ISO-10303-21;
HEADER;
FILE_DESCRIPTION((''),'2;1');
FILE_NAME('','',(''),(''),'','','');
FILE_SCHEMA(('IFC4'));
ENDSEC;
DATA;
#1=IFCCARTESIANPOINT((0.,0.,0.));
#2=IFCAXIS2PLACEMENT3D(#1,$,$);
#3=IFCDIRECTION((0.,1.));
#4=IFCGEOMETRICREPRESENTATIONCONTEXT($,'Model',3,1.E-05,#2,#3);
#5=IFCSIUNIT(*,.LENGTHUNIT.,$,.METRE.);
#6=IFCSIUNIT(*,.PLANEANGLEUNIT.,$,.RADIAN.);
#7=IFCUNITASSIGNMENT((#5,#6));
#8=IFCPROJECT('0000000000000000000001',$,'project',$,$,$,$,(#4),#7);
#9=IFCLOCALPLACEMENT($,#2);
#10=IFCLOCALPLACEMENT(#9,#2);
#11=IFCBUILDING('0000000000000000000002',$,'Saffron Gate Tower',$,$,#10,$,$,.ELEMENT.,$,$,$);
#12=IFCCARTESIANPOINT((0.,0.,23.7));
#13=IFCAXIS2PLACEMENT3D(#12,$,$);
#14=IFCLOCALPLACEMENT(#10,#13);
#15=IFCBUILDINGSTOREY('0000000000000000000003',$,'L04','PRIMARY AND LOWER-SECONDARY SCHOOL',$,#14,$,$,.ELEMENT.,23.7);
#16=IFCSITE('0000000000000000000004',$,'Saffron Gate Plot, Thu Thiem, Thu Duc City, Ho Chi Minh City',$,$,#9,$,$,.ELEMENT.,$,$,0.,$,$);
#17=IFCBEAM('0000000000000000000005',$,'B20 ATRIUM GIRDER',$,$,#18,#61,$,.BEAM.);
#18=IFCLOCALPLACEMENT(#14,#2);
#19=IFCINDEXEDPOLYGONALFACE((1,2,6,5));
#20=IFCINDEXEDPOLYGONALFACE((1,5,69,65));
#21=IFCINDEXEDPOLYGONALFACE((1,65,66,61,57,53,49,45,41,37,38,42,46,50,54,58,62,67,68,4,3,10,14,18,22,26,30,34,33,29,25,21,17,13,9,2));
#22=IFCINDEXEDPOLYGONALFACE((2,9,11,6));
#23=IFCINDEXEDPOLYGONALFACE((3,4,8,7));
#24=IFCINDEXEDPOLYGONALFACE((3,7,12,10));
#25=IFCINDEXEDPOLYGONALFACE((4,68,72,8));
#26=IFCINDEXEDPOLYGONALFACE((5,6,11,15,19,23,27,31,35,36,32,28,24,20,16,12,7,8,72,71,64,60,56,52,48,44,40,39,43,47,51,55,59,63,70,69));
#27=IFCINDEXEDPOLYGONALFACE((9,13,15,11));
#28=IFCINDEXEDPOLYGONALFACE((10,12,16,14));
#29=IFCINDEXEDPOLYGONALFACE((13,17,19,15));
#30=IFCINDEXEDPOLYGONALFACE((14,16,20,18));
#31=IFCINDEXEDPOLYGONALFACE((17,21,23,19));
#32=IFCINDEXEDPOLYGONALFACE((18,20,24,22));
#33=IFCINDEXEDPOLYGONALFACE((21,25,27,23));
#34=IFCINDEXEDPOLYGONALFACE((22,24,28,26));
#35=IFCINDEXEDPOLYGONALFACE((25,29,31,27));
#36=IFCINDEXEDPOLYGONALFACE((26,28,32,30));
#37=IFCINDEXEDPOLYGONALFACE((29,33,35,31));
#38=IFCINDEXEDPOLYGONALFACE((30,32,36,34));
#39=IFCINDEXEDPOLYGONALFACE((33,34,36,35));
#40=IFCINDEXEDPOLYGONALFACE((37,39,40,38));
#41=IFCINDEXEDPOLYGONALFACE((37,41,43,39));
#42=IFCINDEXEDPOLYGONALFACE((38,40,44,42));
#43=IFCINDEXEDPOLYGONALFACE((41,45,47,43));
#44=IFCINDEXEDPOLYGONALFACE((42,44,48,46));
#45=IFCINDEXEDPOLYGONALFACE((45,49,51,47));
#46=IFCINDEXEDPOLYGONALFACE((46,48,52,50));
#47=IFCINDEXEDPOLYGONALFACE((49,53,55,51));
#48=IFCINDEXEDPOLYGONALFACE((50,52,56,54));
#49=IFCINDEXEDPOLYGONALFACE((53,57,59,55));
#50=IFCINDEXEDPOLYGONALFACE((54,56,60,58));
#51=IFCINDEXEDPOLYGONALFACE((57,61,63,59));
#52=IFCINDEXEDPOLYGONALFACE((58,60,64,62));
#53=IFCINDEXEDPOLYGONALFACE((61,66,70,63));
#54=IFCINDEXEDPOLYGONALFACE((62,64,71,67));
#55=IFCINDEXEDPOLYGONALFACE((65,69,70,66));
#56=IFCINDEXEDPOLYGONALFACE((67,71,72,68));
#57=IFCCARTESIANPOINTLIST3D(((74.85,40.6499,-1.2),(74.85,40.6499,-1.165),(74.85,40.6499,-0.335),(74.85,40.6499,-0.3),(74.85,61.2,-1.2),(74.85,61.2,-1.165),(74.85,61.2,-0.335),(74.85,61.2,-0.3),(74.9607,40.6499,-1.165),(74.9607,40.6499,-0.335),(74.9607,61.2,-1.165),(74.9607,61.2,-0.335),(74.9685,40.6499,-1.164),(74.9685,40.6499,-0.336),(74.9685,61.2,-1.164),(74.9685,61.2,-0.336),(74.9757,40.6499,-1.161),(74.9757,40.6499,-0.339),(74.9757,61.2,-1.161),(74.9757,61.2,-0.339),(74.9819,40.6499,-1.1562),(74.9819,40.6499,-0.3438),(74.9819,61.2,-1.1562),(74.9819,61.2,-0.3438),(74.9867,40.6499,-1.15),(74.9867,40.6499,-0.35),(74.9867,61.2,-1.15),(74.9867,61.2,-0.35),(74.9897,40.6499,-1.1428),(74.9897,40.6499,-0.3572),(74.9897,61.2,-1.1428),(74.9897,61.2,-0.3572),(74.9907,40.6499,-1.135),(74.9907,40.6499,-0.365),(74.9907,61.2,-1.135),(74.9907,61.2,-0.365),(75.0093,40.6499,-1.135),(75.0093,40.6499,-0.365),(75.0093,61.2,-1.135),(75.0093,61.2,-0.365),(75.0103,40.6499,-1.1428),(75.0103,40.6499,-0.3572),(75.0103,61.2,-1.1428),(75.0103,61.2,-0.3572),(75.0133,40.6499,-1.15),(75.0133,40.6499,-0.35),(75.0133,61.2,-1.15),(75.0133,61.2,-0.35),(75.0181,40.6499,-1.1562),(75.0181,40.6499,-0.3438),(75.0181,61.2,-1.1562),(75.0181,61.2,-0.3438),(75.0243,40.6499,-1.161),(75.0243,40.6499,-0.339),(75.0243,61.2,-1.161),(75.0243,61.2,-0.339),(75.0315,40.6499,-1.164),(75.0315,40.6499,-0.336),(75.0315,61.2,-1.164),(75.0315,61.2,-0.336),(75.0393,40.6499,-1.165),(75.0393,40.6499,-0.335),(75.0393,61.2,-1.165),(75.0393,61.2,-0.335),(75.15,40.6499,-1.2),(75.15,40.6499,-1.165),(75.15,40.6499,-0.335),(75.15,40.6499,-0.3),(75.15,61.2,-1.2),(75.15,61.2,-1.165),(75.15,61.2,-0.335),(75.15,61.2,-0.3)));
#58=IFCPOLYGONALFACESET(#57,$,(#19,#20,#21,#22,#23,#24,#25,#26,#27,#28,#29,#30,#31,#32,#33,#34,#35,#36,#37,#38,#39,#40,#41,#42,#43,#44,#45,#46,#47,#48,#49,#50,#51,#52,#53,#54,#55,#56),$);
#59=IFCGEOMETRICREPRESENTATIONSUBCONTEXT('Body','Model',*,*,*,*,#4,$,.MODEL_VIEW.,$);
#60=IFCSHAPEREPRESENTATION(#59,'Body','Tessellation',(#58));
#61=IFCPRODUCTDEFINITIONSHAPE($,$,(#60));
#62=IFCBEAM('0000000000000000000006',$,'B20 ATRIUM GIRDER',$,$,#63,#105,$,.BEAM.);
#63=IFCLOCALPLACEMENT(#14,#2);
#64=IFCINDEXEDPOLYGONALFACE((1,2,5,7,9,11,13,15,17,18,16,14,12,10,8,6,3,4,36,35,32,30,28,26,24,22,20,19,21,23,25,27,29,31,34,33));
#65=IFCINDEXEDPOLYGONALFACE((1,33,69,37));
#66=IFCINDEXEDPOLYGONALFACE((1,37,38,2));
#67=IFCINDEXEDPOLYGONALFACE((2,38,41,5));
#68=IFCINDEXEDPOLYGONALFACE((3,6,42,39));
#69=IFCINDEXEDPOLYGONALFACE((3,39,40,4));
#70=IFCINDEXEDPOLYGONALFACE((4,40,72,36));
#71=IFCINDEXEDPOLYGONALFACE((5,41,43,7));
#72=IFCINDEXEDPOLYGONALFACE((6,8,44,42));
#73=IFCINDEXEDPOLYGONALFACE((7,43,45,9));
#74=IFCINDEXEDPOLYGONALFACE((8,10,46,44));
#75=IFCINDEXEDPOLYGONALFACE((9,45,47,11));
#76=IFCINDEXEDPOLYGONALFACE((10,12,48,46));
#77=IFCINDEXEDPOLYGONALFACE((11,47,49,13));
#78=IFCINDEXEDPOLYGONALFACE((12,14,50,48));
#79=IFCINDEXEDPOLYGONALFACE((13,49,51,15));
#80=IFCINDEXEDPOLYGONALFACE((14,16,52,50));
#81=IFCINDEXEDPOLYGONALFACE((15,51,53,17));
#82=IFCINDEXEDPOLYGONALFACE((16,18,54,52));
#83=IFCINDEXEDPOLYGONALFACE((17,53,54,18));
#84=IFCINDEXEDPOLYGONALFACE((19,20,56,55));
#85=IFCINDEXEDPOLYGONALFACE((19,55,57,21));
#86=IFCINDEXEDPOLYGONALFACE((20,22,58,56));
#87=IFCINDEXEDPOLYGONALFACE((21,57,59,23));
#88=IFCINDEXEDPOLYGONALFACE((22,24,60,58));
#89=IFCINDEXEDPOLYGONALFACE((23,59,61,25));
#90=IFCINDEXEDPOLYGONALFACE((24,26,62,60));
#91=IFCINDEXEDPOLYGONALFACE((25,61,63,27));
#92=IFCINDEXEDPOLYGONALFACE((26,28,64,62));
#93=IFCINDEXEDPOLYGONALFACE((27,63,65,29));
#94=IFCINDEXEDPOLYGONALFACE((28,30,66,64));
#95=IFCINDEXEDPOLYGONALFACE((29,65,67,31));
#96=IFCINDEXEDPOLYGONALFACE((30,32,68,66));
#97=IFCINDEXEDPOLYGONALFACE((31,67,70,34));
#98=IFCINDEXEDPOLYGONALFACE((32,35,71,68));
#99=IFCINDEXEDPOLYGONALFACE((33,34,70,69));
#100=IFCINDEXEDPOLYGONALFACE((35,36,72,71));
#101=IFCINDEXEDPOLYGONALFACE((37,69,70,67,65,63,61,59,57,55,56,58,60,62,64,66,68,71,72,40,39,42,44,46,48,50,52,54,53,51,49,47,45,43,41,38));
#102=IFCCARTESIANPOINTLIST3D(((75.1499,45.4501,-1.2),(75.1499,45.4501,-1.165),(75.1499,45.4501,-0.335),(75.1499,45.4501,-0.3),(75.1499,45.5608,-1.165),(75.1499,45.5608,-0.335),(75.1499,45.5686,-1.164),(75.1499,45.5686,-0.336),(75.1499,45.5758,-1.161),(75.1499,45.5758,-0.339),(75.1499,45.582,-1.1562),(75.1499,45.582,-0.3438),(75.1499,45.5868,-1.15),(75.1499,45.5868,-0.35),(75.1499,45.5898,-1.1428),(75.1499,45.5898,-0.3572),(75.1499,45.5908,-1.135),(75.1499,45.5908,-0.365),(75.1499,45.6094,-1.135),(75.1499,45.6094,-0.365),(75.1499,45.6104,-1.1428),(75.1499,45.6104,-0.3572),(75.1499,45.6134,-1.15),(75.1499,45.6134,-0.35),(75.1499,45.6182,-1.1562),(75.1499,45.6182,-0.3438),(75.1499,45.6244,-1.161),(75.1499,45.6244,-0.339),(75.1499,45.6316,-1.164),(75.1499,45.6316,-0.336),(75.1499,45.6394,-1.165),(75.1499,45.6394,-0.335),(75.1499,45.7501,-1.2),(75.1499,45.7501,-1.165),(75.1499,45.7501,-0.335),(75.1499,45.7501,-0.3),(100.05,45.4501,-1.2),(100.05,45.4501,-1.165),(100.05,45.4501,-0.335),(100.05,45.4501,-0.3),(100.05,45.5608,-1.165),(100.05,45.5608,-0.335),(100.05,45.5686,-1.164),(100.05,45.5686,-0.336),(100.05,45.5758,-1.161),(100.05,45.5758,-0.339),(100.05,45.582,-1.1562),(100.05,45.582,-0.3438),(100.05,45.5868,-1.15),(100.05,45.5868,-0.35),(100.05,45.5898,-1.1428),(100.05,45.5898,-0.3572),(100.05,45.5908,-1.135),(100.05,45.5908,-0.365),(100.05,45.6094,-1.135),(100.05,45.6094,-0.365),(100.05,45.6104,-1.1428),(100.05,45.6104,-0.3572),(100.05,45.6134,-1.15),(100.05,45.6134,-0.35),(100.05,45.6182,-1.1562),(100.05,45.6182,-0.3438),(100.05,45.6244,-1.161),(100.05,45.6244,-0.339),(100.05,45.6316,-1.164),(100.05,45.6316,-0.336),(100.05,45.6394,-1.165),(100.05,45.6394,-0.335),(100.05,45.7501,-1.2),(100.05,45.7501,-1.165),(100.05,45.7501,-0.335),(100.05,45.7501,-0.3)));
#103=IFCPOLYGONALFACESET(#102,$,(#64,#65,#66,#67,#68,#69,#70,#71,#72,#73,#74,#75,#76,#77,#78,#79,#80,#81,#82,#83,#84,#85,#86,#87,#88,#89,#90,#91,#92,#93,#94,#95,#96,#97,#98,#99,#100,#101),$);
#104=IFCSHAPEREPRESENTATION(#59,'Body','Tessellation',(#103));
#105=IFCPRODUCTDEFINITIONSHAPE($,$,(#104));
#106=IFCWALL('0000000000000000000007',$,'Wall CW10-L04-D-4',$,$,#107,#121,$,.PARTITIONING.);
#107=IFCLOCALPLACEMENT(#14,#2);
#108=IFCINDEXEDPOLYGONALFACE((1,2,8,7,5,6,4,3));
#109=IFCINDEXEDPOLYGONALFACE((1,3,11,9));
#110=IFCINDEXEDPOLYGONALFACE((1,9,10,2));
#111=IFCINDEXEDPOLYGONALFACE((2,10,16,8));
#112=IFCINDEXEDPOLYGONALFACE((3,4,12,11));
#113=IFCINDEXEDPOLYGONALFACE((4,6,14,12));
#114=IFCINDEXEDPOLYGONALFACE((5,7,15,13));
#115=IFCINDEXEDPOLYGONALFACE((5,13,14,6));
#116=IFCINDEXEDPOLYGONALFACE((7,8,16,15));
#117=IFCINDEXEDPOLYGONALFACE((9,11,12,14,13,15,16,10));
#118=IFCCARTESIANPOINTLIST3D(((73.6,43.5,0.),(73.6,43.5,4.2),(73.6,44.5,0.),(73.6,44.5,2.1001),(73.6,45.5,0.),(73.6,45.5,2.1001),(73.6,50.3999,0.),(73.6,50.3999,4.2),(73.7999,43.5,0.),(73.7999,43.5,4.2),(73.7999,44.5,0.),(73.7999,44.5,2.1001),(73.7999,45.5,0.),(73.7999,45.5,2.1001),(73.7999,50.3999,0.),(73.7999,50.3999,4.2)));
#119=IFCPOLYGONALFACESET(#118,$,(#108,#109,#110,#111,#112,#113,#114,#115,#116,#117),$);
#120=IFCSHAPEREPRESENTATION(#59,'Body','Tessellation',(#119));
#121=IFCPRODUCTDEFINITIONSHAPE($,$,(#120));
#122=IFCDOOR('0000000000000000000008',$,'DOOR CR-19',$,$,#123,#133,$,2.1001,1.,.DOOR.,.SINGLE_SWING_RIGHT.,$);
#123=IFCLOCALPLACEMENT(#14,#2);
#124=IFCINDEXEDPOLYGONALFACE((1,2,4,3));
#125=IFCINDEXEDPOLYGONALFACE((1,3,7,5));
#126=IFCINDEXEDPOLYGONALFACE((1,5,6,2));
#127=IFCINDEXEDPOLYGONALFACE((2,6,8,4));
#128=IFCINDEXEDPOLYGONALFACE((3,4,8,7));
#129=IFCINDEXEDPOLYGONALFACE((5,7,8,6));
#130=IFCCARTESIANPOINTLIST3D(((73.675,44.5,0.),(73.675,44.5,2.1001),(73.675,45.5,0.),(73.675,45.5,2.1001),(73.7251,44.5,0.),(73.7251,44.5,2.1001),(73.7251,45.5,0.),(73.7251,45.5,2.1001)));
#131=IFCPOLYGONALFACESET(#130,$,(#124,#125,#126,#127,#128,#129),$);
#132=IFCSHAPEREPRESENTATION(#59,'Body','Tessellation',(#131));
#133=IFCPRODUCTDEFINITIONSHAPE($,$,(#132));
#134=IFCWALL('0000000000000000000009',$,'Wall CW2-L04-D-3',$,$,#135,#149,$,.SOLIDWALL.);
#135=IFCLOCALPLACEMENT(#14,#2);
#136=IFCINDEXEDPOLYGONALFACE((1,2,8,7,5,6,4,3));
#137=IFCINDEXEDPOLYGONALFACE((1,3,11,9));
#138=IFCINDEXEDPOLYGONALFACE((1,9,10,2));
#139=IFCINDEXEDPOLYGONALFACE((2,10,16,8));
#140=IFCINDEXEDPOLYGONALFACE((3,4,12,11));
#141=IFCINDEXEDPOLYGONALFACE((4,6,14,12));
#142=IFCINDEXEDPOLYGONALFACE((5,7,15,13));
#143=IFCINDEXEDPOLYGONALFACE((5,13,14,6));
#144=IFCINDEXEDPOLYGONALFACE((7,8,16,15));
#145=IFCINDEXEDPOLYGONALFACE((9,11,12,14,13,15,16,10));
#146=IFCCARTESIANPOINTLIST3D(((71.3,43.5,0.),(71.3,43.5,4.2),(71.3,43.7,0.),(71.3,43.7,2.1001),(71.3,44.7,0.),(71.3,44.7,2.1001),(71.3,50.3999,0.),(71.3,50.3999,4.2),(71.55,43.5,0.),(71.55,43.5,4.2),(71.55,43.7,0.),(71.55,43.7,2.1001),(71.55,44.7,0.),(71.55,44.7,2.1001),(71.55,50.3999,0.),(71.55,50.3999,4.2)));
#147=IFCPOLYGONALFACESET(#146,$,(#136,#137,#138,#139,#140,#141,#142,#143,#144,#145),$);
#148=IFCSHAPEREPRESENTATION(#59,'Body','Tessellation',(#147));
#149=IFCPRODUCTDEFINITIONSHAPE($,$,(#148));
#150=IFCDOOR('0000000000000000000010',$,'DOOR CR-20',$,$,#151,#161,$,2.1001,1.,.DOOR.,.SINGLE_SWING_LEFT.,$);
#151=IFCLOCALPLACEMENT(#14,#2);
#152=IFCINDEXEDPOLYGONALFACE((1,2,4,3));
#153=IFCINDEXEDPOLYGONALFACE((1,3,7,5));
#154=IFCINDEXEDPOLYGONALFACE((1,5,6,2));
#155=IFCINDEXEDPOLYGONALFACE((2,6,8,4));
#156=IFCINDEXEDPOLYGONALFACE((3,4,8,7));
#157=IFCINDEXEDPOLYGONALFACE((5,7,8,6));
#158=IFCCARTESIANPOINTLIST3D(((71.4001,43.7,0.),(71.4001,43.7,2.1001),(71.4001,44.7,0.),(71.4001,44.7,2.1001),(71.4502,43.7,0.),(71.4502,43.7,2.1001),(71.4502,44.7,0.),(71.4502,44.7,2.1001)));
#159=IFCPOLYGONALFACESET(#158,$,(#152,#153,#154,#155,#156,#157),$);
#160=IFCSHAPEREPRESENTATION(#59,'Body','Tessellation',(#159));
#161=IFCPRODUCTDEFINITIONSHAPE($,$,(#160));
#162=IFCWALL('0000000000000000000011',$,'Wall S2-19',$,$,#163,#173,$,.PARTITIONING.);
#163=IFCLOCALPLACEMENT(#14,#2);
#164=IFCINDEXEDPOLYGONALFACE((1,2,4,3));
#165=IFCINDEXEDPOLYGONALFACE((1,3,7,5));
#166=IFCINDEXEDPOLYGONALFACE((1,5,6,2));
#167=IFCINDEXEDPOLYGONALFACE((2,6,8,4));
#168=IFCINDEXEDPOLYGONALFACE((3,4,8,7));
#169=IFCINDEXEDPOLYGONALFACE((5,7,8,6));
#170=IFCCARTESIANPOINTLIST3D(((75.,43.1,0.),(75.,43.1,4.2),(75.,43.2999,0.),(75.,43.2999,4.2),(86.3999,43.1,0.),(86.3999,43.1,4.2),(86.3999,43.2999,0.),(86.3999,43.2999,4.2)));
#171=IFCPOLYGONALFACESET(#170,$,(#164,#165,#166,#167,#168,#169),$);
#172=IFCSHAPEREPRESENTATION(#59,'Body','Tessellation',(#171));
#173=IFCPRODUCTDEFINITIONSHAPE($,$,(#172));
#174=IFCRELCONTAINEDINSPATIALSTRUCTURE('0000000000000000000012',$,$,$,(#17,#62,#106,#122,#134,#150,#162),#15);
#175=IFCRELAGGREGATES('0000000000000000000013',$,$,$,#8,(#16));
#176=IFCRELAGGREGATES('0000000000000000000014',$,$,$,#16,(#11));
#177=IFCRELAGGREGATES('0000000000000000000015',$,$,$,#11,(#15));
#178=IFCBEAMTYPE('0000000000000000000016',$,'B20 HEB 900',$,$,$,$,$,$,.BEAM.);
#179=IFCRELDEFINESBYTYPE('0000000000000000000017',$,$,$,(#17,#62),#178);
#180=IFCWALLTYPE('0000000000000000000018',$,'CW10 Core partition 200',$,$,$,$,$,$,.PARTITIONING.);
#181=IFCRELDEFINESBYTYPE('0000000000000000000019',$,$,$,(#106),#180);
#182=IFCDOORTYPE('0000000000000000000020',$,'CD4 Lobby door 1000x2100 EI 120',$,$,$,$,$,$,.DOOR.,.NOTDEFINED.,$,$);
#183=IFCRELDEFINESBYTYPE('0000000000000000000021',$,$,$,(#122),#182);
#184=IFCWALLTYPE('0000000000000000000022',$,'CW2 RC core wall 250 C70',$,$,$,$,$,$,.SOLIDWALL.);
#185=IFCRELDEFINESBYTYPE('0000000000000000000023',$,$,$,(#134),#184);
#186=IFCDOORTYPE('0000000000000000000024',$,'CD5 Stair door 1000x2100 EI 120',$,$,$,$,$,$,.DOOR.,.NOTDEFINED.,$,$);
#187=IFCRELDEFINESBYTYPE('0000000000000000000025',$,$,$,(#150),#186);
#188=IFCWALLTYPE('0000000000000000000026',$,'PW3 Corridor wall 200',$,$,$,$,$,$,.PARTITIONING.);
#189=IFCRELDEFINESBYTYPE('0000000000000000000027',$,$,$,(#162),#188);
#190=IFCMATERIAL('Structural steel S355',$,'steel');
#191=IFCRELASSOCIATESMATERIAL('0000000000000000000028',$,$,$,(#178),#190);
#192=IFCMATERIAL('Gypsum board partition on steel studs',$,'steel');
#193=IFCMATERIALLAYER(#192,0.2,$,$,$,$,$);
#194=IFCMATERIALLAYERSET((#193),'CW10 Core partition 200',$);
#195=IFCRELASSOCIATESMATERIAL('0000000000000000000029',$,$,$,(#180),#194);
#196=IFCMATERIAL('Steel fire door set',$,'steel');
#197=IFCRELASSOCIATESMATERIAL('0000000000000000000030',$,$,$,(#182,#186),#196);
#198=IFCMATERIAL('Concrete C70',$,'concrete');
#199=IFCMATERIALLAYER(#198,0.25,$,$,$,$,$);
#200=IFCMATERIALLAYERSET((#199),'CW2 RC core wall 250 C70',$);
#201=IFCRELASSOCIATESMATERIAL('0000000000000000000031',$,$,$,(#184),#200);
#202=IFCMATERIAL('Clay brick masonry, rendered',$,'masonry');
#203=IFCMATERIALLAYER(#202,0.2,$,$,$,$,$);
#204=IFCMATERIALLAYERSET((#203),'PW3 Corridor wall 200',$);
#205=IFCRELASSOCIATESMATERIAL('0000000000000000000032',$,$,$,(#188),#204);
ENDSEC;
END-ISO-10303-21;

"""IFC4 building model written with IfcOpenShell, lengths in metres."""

from ifc_helpers import new_model, si_unit, direction, frame, frame_2d, origin, origin_2d, place, context, subcontext, project, spatial, rectangle, i_section, extrude, material, layer, layer_set, material_profile, profile_set, type_object, element, fill, save


model = new_model("IFC4")

# Units and contexts
model_context = context("Model", 3, precision=1e-05, world=origin(), true_north=direction((0.0, 1.0)))
body_context = subcontext(model_context, "Body", "Model", "MODEL_VIEW")
ifc_project = project(units=[si_unit("LENGTHUNIT", "METRE"), si_unit("PLANEANGLEUNIT", "RADIAN")], contexts=[model_context])

# Site, building, storey
site_placement = place(None, origin())
site = spatial("IfcSite", under=ifc_project, at=site_placement, Name="Saffron Gate Plot, Thu Thiem, Thu Duc City, Ho Chi Minh City", CompositionType="ELEMENT", RefElevation=0.0)
building_placement = place(site_placement, origin())
building = spatial("IfcBuilding", under=site, at=building_placement, Name="Saffron Gate Tower", CompositionType="ELEMENT")
storey_placement = place(building_placement, frame((0.0, 0.0, 23.7)))
storey = spatial("IfcBuildingStorey", under=building, at=storey_placement, Name="L04", Description="PRIMARY AND LOWER-SECONDARY SCHOOL", CompositionType="ELEMENT", Elevation=23.7)

# Beams
ifc_material_1 = material(Name="Structural steel S355", Category="steel")
ifc_material_profile = material_profile(ifc_material_1, i_section(OverallWidth=0.3, OverallDepth=0.8999, WebThickness=0.0186, FlangeThickness=0.0349, FilletRadius=0.03, at=origin_2d()))
ifc_profile_set = profile_set([ifc_material_profile], Name="Structural steel S355")
beam_type = type_object("IfcBeamType", Name="B20 HEB 900", PredefinedType="BEAM", material=ifc_profile_set)
beam_1_placement = place(storey_placement, frame((75.0, 40.6499, -0.75), z_axis=(0.0, 1.0, 0.0), x_axis=(-1.0, 0.0, 0.0)))
element("IfcBeam", 1, at=beam_1_placement, inside=storey, type_object=beam_type, Name="B20 ATRIUM GIRDER", PredefinedType="BEAM", context=body_context, shape_type="SweptSolid", body=[
    extrude(i_section(OverallWidth=0.3, OverallDepth=0.8999, WebThickness=0.0186, FlangeThickness=0.0349, FilletRadius=0.03, at=origin_2d()), origin(), (0.0, 0.0, 1.0), 20.55),
])
beam_2_placement = place(storey_placement, frame((75.1499, 45.6001, -0.75), z_axis=(1.0, 0.0, 0.0), x_axis=(0.0, 1.0, 0.0)))
element("IfcBeam", 2, at=beam_2_placement, inside=storey, type_object=beam_type, Name="B20 ATRIUM GIRDER", PredefinedType="BEAM", context=body_context, shape_type="SweptSolid", body=[
    extrude(i_section(OverallWidth=0.3, OverallDepth=0.8999, WebThickness=0.0186, FlangeThickness=0.0349, FilletRadius=0.03, at=origin_2d()), origin(), (0.0, 0.0, 1.0), 24.9001),
])

# Walls, openings, doors
ifc_material_2 = material(Name="Gypsum board partition on steel studs", Category="steel")
ifc_layer_1 = layer(ifc_material_2, 0.2)
ifc_layer_set_1 = layer_set([ifc_layer_1], Name="CW10 Core partition 200")
wall_type_1 = type_object("IfcWallType", Name="CW10 Core partition 200", PredefinedType="PARTITIONING", material=ifc_layer_set_1)
wall_1_placement = place(storey_placement, frame((73.7, 43.5, 0.0), z_axis=(0.0, 0.0, 1.0), x_axis=(0.0, 1.0, 0.0)))
wall_1 = element("IfcWall", 3, at=wall_1_placement, inside=storey, type_object=wall_type_1, Name="Wall CW10-L04-D-4", PredefinedType="PARTITIONING", context=body_context, shape_type="SweptSolid", body=[
    extrude(rectangle(XDim=6.8999, YDim=0.2, at=frame_2d((3.45, 0.0))), origin(), (0.0, 0.0, 1.0), 4.2),
])
opening_1_placement = place(wall_1_placement, frame((1.0, 0.0, 0.0)))
opening_1 = element("IfcOpeningElement", 4, at=opening_1_placement, cuts=wall_1, PredefinedType="OPENING", context=body_context, shape_type="SweptSolid", body=[
    extrude(rectangle(XDim=1.0, YDim=2.1001, at=frame_2d((0.5, 1.05))), frame((0.0, 0.1099, 0.0), z_axis=(0.0, -1.0, 0.0), x_axis=(1.0, 0.0, 0.0)), (0.0, 0.0, 1.0), 0.22),
])
ifc_material_3 = material(Name="Steel fire door set", Category="steel")
door_type_1 = type_object("IfcDoorType", Name="CD4 Lobby door 1000x2100 EI 120", OperationType="NOTDEFINED", PredefinedType="DOOR", material=ifc_material_3)
door_1_placement = place(opening_1_placement, origin())
door_1 = element("IfcDoor", 5, at=door_1_placement, inside=storey, type_object=door_type_1, Name="DOOR CR-19", OperationType="SINGLE_SWING_RIGHT", OverallHeight=2.1001, OverallWidth=1.0, PredefinedType="DOOR", context=body_context, shape_type="SweptSolid", body=[
    extrude(rectangle(XDim=1.0, YDim=2.1001, at=frame_2d((0.5, 1.05))), frame((0.0, 0.0249, 0.0), z_axis=(0.0, -1.0, 0.0), x_axis=(1.0, 0.0, 0.0)), (0.0, 0.0, 1.0), 0.05),
])
fill(opening_1, door_1)
ifc_material_4 = material(Name="Concrete C70", Category="concrete")
ifc_layer_2 = layer(ifc_material_4, 0.25)
ifc_layer_set_2 = layer_set([ifc_layer_2], Name="CW2 RC core wall 250 C70")
wall_type_2 = type_object("IfcWallType", Name="CW2 RC core wall 250 C70", PredefinedType="SOLIDWALL", material=ifc_layer_set_2)
wall_2_placement = place(storey_placement, frame((71.425, 43.5, 0.0), z_axis=(0.0, 0.0, 1.0), x_axis=(0.0, 1.0, 0.0)))
wall_2 = element("IfcWall", 6, at=wall_2_placement, inside=storey, type_object=wall_type_2, Name="Wall CW2-L04-D-3", PredefinedType="SOLIDWALL", context=body_context, shape_type="SweptSolid", body=[
    extrude(rectangle(XDim=6.8999, YDim=0.25, at=frame_2d((3.45, 0.0))), origin(), (0.0, 0.0, 1.0), 4.2),
])
opening_2_placement = place(wall_2_placement, frame((0.2, 0.0, 0.0)))
opening_2 = element("IfcOpeningElement", 7, at=opening_2_placement, cuts=wall_2, PredefinedType="OPENING", context=body_context, shape_type="SweptSolid", body=[
    extrude(rectangle(XDim=1.0, YDim=2.1001, at=frame_2d((0.5, 1.05))), frame((0.0, 0.135, 0.0), z_axis=(0.0, -1.0, 0.0), x_axis=(1.0, 0.0, 0.0)), (0.0, 0.0, 1.0), 0.27),
])
door_type_2 = type_object("IfcDoorType", Name="CD5 Stair door 1000x2100 EI 120", OperationType="NOTDEFINED", PredefinedType="DOOR", material=ifc_material_3)
door_2_placement = place(opening_2_placement, origin())
door_2 = element("IfcDoor", 8, at=door_2_placement, inside=storey, type_object=door_type_2, Name="DOOR CR-20", OperationType="SINGLE_SWING_LEFT", OverallHeight=2.1001, OverallWidth=1.0, PredefinedType="DOOR", context=body_context, shape_type="SweptSolid", body=[
    extrude(rectangle(XDim=1.0, YDim=2.1001, at=frame_2d((0.5, 1.05))), frame((0.0, 0.0249, 0.0), z_axis=(0.0, -1.0, 0.0), x_axis=(1.0, 0.0, 0.0)), (0.0, 0.0, 1.0), 0.05),
])
fill(opening_2, door_2)

# Wall
ifc_material_5 = material(Name="Clay brick masonry, rendered", Category="masonry")
ifc_layer_3 = layer(ifc_material_5, 0.2)
ifc_layer_set_3 = layer_set([ifc_layer_3], Name="PW3 Corridor wall 200")
wall_type_3 = type_object("IfcWallType", Name="PW3 Corridor wall 200", PredefinedType="PARTITIONING", material=ifc_layer_set_3)
wall_3_placement = place(storey_placement, frame((75.0, 43.2, 0.0), z_axis=(0.0, 0.0, 1.0), x_axis=(1.0, 0.0, 0.0)))
element("IfcWall", 9, at=wall_3_placement, inside=storey, type_object=wall_type_3, Name="Wall S2-19", PredefinedType="PARTITIONING", context=body_context, shape_type="SweptSolid", body=[
    extrude(rectangle(XDim=11.3999, YDim=0.2, at=frame_2d((5.7, 0.0))), origin(), (0.0, 0.0, 1.0), 4.2),
])

save(model, "model.ifc")
